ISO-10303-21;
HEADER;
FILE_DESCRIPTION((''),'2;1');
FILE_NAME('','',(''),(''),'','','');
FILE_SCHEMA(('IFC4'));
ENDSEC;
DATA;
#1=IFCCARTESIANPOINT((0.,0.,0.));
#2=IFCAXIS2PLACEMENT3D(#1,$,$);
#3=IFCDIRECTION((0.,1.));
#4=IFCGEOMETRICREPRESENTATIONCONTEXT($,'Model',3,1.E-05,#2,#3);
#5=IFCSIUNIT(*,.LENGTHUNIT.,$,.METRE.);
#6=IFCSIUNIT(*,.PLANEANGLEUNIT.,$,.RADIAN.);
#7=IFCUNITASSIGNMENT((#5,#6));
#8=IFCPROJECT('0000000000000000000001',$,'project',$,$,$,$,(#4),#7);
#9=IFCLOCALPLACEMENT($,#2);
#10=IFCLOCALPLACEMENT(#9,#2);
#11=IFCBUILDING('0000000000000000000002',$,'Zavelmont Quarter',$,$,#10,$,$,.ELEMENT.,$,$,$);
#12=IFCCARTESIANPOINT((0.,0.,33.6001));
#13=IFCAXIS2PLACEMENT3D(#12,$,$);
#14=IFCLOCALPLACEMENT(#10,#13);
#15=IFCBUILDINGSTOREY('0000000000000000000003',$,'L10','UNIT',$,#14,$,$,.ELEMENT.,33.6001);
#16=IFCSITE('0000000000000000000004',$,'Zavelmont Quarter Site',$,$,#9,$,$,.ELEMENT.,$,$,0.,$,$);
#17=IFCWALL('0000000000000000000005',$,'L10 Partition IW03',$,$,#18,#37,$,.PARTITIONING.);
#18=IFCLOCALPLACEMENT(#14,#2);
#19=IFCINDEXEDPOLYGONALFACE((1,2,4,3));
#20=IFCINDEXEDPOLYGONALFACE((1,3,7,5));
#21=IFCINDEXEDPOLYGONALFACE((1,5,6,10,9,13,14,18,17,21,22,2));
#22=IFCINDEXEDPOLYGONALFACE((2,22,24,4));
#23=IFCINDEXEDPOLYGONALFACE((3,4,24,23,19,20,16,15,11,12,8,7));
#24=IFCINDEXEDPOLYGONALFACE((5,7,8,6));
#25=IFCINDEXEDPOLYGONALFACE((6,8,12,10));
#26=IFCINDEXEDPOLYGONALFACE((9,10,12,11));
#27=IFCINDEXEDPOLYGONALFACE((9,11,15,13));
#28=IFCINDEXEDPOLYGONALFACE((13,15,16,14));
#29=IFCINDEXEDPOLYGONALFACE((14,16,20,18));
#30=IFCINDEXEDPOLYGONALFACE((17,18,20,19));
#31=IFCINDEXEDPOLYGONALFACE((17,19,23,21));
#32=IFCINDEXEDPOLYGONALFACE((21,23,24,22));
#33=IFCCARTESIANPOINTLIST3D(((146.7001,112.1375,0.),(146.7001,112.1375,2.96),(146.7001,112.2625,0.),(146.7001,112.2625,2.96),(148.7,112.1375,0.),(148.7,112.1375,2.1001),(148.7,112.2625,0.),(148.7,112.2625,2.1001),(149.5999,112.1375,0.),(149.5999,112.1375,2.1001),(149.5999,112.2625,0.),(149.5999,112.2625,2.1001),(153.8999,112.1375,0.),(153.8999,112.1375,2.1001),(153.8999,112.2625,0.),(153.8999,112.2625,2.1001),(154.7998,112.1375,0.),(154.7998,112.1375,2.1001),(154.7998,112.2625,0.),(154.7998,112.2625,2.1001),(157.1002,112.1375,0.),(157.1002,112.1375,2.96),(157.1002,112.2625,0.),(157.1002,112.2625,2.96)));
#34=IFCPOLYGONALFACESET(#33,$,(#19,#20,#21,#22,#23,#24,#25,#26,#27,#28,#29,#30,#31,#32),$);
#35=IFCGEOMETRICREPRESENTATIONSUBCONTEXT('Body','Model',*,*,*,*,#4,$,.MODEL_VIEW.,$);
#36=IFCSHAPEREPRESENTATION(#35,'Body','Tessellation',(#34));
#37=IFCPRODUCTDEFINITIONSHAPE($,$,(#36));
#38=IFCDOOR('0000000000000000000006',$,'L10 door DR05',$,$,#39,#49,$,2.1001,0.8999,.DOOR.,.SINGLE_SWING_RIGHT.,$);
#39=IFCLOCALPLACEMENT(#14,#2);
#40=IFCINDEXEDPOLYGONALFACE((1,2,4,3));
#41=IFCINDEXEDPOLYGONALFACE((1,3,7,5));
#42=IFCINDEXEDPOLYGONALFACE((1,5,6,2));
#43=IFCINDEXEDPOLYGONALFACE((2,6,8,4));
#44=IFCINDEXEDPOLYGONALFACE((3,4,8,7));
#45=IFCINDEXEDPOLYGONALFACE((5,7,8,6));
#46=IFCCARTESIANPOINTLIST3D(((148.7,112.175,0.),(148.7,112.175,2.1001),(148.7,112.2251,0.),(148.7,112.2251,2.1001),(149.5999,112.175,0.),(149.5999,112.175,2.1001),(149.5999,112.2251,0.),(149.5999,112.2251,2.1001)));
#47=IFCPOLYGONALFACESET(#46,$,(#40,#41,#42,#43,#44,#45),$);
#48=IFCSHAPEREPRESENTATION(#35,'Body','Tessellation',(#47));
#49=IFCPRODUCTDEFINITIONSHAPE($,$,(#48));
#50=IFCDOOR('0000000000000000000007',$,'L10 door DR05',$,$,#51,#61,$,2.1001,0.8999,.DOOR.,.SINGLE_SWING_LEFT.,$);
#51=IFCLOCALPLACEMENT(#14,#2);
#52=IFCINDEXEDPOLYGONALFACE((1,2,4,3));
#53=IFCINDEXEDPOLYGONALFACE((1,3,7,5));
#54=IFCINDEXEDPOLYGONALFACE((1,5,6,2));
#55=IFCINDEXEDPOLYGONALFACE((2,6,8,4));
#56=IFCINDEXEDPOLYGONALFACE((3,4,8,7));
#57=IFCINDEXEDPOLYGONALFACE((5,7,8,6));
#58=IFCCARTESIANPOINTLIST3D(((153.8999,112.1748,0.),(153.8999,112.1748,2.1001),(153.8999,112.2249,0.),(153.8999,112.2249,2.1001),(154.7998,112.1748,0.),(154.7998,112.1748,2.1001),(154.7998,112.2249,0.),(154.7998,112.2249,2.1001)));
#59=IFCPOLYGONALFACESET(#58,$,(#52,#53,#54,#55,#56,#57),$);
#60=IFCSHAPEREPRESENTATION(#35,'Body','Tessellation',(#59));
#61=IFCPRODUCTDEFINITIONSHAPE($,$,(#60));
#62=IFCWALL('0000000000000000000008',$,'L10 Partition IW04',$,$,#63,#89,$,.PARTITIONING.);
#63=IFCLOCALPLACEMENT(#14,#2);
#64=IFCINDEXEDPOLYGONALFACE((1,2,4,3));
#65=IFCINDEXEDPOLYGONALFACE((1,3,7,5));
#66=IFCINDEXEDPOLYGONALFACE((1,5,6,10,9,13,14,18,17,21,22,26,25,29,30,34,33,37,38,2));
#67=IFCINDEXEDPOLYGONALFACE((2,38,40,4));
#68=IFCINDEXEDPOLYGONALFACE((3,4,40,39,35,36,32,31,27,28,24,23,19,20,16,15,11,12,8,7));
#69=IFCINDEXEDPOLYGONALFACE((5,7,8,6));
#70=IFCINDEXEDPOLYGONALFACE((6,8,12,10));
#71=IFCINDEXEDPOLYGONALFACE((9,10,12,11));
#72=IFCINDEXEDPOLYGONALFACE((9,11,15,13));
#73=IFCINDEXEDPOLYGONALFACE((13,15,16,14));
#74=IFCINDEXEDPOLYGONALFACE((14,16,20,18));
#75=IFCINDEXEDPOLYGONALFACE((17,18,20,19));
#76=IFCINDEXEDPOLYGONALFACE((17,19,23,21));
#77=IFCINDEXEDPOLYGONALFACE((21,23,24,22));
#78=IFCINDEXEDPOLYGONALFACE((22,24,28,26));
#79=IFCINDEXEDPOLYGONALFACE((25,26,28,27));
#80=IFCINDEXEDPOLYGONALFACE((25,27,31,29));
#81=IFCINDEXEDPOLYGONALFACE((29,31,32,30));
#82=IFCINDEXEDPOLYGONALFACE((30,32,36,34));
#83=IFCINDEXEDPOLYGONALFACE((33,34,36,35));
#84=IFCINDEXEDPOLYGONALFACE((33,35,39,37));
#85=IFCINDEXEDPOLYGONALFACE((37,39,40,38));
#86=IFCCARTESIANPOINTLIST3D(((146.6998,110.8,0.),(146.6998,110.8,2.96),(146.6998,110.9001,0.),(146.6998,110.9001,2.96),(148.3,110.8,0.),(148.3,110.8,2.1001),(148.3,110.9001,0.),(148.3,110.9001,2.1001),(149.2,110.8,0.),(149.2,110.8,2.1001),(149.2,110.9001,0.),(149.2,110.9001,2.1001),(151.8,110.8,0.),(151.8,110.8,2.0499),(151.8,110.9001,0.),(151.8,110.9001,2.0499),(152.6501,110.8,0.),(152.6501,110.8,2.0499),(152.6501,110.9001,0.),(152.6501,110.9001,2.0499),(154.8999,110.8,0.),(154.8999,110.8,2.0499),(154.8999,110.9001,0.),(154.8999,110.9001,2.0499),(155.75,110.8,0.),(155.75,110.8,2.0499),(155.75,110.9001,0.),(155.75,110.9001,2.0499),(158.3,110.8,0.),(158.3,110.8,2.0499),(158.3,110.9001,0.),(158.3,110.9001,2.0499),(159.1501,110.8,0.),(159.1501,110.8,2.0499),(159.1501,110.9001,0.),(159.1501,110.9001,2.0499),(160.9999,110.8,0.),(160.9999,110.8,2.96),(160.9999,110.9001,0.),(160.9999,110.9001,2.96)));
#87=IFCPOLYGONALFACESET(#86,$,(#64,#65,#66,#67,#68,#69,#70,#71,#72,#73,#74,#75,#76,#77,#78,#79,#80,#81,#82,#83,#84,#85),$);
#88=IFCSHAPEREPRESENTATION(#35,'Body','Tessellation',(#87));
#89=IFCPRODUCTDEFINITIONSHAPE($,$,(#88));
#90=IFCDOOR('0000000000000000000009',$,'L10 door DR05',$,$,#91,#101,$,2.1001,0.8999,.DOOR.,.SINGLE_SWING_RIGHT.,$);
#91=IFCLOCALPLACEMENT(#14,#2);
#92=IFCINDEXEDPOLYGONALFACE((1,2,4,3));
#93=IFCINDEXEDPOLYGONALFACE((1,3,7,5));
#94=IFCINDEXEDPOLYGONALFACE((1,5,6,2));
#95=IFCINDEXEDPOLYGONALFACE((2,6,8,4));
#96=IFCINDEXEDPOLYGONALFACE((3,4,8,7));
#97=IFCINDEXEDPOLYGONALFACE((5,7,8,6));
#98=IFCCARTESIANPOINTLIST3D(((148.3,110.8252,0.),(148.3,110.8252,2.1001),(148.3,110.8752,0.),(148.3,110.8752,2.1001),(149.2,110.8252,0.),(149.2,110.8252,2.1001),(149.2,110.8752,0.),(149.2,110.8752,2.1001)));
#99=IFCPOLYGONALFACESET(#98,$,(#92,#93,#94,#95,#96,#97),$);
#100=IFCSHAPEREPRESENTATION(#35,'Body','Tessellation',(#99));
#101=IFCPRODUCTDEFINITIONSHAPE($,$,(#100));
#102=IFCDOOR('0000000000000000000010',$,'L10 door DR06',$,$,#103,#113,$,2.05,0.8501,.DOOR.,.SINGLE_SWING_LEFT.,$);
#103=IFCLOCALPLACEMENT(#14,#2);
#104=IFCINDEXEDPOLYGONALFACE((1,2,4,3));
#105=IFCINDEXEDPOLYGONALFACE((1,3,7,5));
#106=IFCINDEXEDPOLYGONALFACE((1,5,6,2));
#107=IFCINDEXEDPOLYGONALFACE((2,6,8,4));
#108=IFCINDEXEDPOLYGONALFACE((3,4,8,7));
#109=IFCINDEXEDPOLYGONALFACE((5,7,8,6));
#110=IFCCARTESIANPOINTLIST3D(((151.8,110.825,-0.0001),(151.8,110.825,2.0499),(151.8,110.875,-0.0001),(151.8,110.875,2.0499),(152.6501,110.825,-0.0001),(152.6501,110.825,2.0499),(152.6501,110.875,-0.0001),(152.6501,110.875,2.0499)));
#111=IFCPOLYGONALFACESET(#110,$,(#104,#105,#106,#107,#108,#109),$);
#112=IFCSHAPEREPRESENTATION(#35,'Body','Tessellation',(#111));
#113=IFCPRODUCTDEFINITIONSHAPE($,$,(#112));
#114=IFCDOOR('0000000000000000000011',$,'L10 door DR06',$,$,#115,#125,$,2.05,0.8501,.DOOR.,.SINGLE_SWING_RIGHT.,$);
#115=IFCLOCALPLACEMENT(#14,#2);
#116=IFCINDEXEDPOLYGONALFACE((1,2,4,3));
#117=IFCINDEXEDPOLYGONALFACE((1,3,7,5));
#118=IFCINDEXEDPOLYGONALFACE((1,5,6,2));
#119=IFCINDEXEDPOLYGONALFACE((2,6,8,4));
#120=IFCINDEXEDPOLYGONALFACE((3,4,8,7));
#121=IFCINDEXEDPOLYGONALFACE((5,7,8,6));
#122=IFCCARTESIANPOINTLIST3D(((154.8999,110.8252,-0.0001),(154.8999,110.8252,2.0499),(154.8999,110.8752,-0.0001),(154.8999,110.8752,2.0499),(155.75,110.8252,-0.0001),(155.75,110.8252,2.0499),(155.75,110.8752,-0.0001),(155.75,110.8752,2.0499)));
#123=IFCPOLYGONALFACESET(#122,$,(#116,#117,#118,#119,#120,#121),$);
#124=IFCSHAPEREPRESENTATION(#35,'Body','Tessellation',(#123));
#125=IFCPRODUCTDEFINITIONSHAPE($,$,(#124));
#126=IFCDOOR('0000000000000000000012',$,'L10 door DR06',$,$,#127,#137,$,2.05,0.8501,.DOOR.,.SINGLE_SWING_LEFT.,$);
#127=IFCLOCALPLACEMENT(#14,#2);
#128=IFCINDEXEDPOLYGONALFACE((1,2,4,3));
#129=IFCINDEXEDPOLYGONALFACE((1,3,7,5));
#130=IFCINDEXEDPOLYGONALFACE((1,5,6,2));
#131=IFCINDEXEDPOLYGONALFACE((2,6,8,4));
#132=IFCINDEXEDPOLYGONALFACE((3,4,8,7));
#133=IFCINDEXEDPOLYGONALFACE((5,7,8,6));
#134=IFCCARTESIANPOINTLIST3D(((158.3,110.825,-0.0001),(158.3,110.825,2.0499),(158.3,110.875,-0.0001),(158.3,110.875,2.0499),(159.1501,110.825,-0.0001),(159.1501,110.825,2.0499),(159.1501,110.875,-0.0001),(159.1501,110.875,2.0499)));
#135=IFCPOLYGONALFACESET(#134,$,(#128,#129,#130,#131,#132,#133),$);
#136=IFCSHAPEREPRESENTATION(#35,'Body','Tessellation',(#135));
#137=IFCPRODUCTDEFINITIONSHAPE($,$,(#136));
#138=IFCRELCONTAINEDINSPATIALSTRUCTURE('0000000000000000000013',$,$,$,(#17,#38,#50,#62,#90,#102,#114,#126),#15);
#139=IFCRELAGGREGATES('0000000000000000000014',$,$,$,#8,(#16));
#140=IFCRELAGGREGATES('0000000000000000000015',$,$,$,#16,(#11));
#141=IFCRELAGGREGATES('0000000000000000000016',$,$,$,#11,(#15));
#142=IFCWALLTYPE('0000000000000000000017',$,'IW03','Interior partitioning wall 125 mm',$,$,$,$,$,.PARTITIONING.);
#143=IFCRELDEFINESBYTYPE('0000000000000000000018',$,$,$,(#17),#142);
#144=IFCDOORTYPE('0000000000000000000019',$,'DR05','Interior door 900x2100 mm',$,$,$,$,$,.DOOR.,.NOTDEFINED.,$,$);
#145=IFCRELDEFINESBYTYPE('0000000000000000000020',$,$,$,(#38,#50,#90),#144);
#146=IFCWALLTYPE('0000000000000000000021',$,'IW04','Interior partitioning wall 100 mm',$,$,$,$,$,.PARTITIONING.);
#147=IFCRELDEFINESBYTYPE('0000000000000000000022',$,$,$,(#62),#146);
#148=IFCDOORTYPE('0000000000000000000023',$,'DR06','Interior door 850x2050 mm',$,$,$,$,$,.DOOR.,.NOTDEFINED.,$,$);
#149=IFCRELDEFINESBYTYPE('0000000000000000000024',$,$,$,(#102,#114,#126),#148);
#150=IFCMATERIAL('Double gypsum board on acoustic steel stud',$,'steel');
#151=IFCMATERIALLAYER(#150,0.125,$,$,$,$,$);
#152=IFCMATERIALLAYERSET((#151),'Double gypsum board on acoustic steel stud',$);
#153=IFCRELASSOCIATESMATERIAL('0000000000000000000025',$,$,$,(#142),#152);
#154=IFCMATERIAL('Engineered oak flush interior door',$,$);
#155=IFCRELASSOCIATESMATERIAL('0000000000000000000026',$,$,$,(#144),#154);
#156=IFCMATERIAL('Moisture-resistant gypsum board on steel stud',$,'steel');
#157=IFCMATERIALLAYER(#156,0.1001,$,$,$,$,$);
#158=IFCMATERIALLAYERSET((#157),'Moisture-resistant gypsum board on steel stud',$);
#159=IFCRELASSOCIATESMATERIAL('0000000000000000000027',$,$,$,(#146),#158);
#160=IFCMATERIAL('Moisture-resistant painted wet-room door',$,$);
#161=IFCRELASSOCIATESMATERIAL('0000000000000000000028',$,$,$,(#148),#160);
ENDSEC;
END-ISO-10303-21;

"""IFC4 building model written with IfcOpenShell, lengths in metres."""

from ifc_helpers import new_model, si_unit, direction, frame, frame_2d, origin, origin_with_axes, place, context, subcontext, project, spatial, rectangle, extrude, material, layer, layer_set, type_object, element, fill, save


model = new_model("IFC4")

# Units and contexts
model_context = context("Model", 3, precision=1e-05, world=origin(), true_north=direction((0.0, 1.0)))
body_context = subcontext(model_context, "Body", "Model", "MODEL_VIEW")
ifc_project = project(units=[si_unit("LENGTHUNIT", "METRE"), si_unit("PLANEANGLEUNIT", "RADIAN")], contexts=[model_context])

# Site, building, storey
site_placement = place(None, origin())
site = spatial("IfcSite", under=ifc_project, at=site_placement, Name="Zavelmont Quarter Site", CompositionType="ELEMENT", RefElevation=0.0)
building_placement = place(site_placement, origin())
building = spatial("IfcBuilding", under=site, at=building_placement, Name="Zavelmont Quarter", CompositionType="ELEMENT")
storey_placement = place(building_placement, frame((0.0, 0.0, 33.6001)))
storey = spatial("IfcBuildingStorey", under=building, at=storey_placement, Name="L10", Description="UNIT", CompositionType="ELEMENT", Elevation=33.6001)

# Shared definitions
ifc_material_1 = material(Name="Double gypsum board on acoustic steel stud", Category="steel")
ifc_layer_1 = layer(ifc_material_1, 0.125)
ifc_layer_set_1 = layer_set([ifc_layer_1], Name="Double gypsum board on acoustic steel stud")
wall_type_1 = type_object("IfcWallType", Name="IW03", Description="Interior partitioning wall 125 mm", PredefinedType="PARTITIONING", material=ifc_layer_set_1)
ifc_material_2 = material(Name="Engineered oak flush interior door")
door_type_1 = type_object("IfcDoorType", Name="DR05", Description="Interior door 900x2100 mm", OperationType="NOTDEFINED", PredefinedType="DOOR", material=ifc_material_2)

# Walls, openings, doors
wall_1_placement = place(storey_placement, frame((146.7, 112.2, 0.0), z_axis=(0.0, 0.0, 1.0), x_axis=(1.0, 0.0, 0.0)))
wall_1 = element("IfcWall", 1, at=wall_1_placement, inside=storey, type_object=wall_type_1, Name="L10 Partition IW03", PredefinedType="PARTITIONING", context=body_context, shape_type="SweptSolid", body=[
    extrude(rectangle(XDim=10.4001, YDim=0.125, at=frame_2d((5.2002, 0.0))), origin(), (0.0, 0.0, 1.0), 2.96),
])
opening_1_placement = place(wall_1_placement, frame((2.0, 0.0, 0.0)))
opening_1 = element("IfcOpeningElement", 2, at=opening_1_placement, cuts=wall_1, PredefinedType="OPENING", context=body_context, shape_type="SweptSolid", body=[
    extrude(rectangle(XDim=0.8999, YDim=2.1001, at=frame_2d((0.45, 1.05))), frame((0.0, 0.0745, 0.0), z_axis=(0.0, -1.0, 0.0), x_axis=(1.0, 0.0, 0.0)), (0.0, 0.0, 1.0), 0.1489),
])
opening_2_placement = place(wall_1_placement, frame((7.2, 0.0, 0.0)))
opening_2 = element("IfcOpeningElement", 3, at=opening_2_placement, cuts=wall_1, PredefinedType="OPENING", context=body_context, shape_type="SweptSolid", body=[
    extrude(rectangle(XDim=0.8999, YDim=2.1001, at=frame_2d((0.45, 1.05))), frame((0.0, 0.0745, 0.0), z_axis=(0.0, -1.0, 0.0), x_axis=(1.0, 0.0, 0.0)), (0.0, 0.0, 1.0), 0.1489),
])
door_1_placement = place(opening_1_placement, frame((0.8999, 0.0, 0.0), z_axis=(0.0, 0.0, 1.0), x_axis=(-1.0, 0.0, 0.0)))
door_1 = element("IfcDoor", 4, at=door_1_placement, inside=storey, type_object=door_type_1, Name="L10 door DR05", OperationType="SINGLE_SWING_RIGHT", OverallHeight=2.1001, OverallWidth=0.8999, PredefinedType="DOOR", context=body_context, shape_type="SweptSolid", body=[
    extrude(rectangle(XDim=0.8999, YDim=2.1001, at=frame_2d((0.45, 1.05))), frame((0.0, 0.0249, 0.0), z_axis=(0.0, -1.0, 0.0), x_axis=(1.0, 0.0, 0.0)), (0.0, 0.0, 1.0), 0.05),
])
fill(opening_1, door_1)
door_2_placement = place(opening_2_placement, origin_with_axes())
door_2 = element("IfcDoor", 5, at=door_2_placement, inside=storey, type_object=door_type_1, Name="L10 door DR05", OperationType="SINGLE_SWING_LEFT", OverallHeight=2.1001, OverallWidth=0.8999, PredefinedType="DOOR", context=body_context, shape_type="SweptSolid", body=[
    extrude(rectangle(XDim=0.8999, YDim=2.1001, at=frame_2d((0.45, 1.05))), frame((0.0, 0.0249, 0.0), z_axis=(0.0, -1.0, 0.0), x_axis=(1.0, 0.0, 0.0)), (0.0, 0.0, 1.0), 0.05),
])
fill(opening_2, door_2)
ifc_material_3 = material(Name="Moisture-resistant gypsum board on steel stud", Category="steel")
ifc_layer_2 = layer(ifc_material_3, 0.1001)
ifc_layer_set_2 = layer_set([ifc_layer_2], Name="Moisture-resistant gypsum board on steel stud")
wall_type_2 = type_object("IfcWallType", Name="IW04", Description="Interior partitioning wall 100 mm", PredefinedType="PARTITIONING", material=ifc_layer_set_2)
wall_2_placement = place(storey_placement, frame((146.7, 110.8501, 0.0), z_axis=(0.0, 0.0, 1.0), x_axis=(1.0, 0.0, 0.0)))
wall_2 = element("IfcWall", 6, at=wall_2_placement, inside=storey, type_object=wall_type_2, Name="L10 Partition IW04", PredefinedType="PARTITIONING", context=body_context, shape_type="SweptSolid", body=[
    extrude(rectangle(XDim=14.3, YDim=0.1001, at=frame_2d((7.1499, 0.0))), origin(), (0.0, 0.0, 1.0), 2.96),
])
opening_3_placement = place(wall_2_placement, frame((1.6001, 0.0, 0.0)))
opening_3 = element("IfcOpeningElement", 7, at=opening_3_placement, cuts=wall_2, PredefinedType="OPENING", context=body_context, shape_type="SweptSolid", body=[
    extrude(rectangle(XDim=0.8999, YDim=2.1001, at=frame_2d((0.45, 1.05))), frame((0.0, 0.062, 0.0), z_axis=(0.0, -1.0, 0.0), x_axis=(1.0, 0.0, 0.0)), (0.0, 0.0, 1.0), 0.124),
])
opening_4_placement = place(wall_2_placement, frame((5.1001, 0.0, 0.0)))
opening_4 = element("IfcOpeningElement", 8, at=opening_4_placement, cuts=wall_2, PredefinedType="OPENING", context=body_context, shape_type="SweptSolid", body=[
    extrude(rectangle(XDim=0.8501, YDim=2.05, at=frame_2d((0.425, 1.0249))), frame((0.0, 0.062, 0.0), z_axis=(0.0, -1.0, 0.0), x_axis=(1.0, 0.0, 0.0)), (0.0, 0.0, 1.0), 0.124),
])
opening_5_placement = place(wall_2_placement, frame((8.2, 0.0, 0.0)))
opening_5 = element("IfcOpeningElement", 9, at=opening_5_placement, cuts=wall_2, PredefinedType="OPENING", context=body_context, shape_type="SweptSolid", body=[
    extrude(rectangle(XDim=0.8501, YDim=2.05, at=frame_2d((0.425, 1.0249))), frame((0.0, 0.062, 0.0), z_axis=(0.0, -1.0, 0.0), x_axis=(1.0, 0.0, 0.0)), (0.0, 0.0, 1.0), 0.124),
])
opening_6_placement = place(wall_2_placement, frame((11.6001, 0.0, 0.0)))
opening_6 = element("IfcOpeningElement", 10, at=opening_6_placement, cuts=wall_2, PredefinedType="OPENING", context=body_context, shape_type="SweptSolid", body=[
    extrude(rectangle(XDim=0.8501, YDim=2.05, at=frame_2d((0.425, 1.0249))), frame((0.0, 0.062, 0.0), z_axis=(0.0, -1.0, 0.0), x_axis=(1.0, 0.0, 0.0)), (0.0, 0.0, 1.0), 0.124),
])
door_3_placement = place(opening_3_placement, frame((0.8999, 0.0, 0.0), z_axis=(0.0, 0.0, 1.0), x_axis=(-1.0, 0.0, 0.0)))
door_3 = element("IfcDoor", 11, at=door_3_placement, inside=storey, type_object=door_type_1, Name="L10 door DR05", OperationType="SINGLE_SWING_RIGHT", OverallHeight=2.1001, OverallWidth=0.8999, PredefinedType="DOOR", context=body_context, shape_type="SweptSolid", body=[
    extrude(rectangle(XDim=0.8999, YDim=2.1001, at=frame_2d((0.45, 1.05))), frame((0.0, 0.0249, 0.0), z_axis=(0.0, -1.0, 0.0), x_axis=(1.0, 0.0, 0.0)), (0.0, 0.0, 1.0), 0.05),
])
fill(opening_3, door_3)
ifc_material_4 = material(Name="Moisture-resistant painted wet-room door")
door_type_2 = type_object("IfcDoorType", Name="DR06", Description="Interior door 850x2050 mm", OperationType="NOTDEFINED", PredefinedType="DOOR", material=ifc_material_4)
door_4_placement = place(opening_4_placement, origin_with_axes())
door_4 = element("IfcDoor", 12, at=door_4_placement, inside=storey, type_object=door_type_2, Name="L10 door DR06", OperationType="SINGLE_SWING_LEFT", OverallHeight=2.05, OverallWidth=0.8501, PredefinedType="DOOR", context=body_context, shape_type="SweptSolid", body=[
    extrude(rectangle(XDim=0.8501, YDim=2.05, at=frame_2d((0.425, 1.0249))), frame((0.0, 0.0249, 0.0), z_axis=(0.0, -1.0, 0.0), x_axis=(1.0, 0.0, 0.0)), (0.0, 0.0, 1.0), 0.05),
])
fill(opening_4, door_4)
door_5_placement = place(opening_5_placement, frame((0.8501, 0.0, 0.0), z_axis=(0.0, 0.0, 1.0), x_axis=(-1.0, 0.0, 0.0)))
door_5 = element("IfcDoor", 13, at=door_5_placement, inside=storey, type_object=door_type_2, Name="L10 door DR06", OperationType="SINGLE_SWING_RIGHT", OverallHeight=2.05, OverallWidth=0.8501, PredefinedType="DOOR", context=body_context, shape_type="SweptSolid", body=[
    extrude(rectangle(XDim=0.8501, YDim=2.05, at=frame_2d((0.425, 1.0249))), frame((0.0, 0.0249, 0.0), z_axis=(0.0, -1.0, 0.0), x_axis=(1.0, 0.0, 0.0)), (0.0, 0.0, 1.0), 0.05),
])
fill(opening_5, door_5)
door_6_placement = place(opening_6_placement, origin_with_axes())
door_6 = element("IfcDoor", 14, at=door_6_placement, inside=storey, type_object=door_type_2, Name="L10 door DR06", OperationType="SINGLE_SWING_LEFT", OverallHeight=2.05, OverallWidth=0.8501, PredefinedType="DOOR", context=body_context, shape_type="SweptSolid", body=[
    extrude(rectangle(XDim=0.8501, YDim=2.05, at=frame_2d((0.425, 1.0249))), frame((0.0, 0.0249, 0.0), z_axis=(0.0, -1.0, 0.0), x_axis=(1.0, 0.0, 0.0)), (0.0, 0.0, 1.0), 0.05),
])
fill(opening_6, door_6)

save(model, "model.ifc")
